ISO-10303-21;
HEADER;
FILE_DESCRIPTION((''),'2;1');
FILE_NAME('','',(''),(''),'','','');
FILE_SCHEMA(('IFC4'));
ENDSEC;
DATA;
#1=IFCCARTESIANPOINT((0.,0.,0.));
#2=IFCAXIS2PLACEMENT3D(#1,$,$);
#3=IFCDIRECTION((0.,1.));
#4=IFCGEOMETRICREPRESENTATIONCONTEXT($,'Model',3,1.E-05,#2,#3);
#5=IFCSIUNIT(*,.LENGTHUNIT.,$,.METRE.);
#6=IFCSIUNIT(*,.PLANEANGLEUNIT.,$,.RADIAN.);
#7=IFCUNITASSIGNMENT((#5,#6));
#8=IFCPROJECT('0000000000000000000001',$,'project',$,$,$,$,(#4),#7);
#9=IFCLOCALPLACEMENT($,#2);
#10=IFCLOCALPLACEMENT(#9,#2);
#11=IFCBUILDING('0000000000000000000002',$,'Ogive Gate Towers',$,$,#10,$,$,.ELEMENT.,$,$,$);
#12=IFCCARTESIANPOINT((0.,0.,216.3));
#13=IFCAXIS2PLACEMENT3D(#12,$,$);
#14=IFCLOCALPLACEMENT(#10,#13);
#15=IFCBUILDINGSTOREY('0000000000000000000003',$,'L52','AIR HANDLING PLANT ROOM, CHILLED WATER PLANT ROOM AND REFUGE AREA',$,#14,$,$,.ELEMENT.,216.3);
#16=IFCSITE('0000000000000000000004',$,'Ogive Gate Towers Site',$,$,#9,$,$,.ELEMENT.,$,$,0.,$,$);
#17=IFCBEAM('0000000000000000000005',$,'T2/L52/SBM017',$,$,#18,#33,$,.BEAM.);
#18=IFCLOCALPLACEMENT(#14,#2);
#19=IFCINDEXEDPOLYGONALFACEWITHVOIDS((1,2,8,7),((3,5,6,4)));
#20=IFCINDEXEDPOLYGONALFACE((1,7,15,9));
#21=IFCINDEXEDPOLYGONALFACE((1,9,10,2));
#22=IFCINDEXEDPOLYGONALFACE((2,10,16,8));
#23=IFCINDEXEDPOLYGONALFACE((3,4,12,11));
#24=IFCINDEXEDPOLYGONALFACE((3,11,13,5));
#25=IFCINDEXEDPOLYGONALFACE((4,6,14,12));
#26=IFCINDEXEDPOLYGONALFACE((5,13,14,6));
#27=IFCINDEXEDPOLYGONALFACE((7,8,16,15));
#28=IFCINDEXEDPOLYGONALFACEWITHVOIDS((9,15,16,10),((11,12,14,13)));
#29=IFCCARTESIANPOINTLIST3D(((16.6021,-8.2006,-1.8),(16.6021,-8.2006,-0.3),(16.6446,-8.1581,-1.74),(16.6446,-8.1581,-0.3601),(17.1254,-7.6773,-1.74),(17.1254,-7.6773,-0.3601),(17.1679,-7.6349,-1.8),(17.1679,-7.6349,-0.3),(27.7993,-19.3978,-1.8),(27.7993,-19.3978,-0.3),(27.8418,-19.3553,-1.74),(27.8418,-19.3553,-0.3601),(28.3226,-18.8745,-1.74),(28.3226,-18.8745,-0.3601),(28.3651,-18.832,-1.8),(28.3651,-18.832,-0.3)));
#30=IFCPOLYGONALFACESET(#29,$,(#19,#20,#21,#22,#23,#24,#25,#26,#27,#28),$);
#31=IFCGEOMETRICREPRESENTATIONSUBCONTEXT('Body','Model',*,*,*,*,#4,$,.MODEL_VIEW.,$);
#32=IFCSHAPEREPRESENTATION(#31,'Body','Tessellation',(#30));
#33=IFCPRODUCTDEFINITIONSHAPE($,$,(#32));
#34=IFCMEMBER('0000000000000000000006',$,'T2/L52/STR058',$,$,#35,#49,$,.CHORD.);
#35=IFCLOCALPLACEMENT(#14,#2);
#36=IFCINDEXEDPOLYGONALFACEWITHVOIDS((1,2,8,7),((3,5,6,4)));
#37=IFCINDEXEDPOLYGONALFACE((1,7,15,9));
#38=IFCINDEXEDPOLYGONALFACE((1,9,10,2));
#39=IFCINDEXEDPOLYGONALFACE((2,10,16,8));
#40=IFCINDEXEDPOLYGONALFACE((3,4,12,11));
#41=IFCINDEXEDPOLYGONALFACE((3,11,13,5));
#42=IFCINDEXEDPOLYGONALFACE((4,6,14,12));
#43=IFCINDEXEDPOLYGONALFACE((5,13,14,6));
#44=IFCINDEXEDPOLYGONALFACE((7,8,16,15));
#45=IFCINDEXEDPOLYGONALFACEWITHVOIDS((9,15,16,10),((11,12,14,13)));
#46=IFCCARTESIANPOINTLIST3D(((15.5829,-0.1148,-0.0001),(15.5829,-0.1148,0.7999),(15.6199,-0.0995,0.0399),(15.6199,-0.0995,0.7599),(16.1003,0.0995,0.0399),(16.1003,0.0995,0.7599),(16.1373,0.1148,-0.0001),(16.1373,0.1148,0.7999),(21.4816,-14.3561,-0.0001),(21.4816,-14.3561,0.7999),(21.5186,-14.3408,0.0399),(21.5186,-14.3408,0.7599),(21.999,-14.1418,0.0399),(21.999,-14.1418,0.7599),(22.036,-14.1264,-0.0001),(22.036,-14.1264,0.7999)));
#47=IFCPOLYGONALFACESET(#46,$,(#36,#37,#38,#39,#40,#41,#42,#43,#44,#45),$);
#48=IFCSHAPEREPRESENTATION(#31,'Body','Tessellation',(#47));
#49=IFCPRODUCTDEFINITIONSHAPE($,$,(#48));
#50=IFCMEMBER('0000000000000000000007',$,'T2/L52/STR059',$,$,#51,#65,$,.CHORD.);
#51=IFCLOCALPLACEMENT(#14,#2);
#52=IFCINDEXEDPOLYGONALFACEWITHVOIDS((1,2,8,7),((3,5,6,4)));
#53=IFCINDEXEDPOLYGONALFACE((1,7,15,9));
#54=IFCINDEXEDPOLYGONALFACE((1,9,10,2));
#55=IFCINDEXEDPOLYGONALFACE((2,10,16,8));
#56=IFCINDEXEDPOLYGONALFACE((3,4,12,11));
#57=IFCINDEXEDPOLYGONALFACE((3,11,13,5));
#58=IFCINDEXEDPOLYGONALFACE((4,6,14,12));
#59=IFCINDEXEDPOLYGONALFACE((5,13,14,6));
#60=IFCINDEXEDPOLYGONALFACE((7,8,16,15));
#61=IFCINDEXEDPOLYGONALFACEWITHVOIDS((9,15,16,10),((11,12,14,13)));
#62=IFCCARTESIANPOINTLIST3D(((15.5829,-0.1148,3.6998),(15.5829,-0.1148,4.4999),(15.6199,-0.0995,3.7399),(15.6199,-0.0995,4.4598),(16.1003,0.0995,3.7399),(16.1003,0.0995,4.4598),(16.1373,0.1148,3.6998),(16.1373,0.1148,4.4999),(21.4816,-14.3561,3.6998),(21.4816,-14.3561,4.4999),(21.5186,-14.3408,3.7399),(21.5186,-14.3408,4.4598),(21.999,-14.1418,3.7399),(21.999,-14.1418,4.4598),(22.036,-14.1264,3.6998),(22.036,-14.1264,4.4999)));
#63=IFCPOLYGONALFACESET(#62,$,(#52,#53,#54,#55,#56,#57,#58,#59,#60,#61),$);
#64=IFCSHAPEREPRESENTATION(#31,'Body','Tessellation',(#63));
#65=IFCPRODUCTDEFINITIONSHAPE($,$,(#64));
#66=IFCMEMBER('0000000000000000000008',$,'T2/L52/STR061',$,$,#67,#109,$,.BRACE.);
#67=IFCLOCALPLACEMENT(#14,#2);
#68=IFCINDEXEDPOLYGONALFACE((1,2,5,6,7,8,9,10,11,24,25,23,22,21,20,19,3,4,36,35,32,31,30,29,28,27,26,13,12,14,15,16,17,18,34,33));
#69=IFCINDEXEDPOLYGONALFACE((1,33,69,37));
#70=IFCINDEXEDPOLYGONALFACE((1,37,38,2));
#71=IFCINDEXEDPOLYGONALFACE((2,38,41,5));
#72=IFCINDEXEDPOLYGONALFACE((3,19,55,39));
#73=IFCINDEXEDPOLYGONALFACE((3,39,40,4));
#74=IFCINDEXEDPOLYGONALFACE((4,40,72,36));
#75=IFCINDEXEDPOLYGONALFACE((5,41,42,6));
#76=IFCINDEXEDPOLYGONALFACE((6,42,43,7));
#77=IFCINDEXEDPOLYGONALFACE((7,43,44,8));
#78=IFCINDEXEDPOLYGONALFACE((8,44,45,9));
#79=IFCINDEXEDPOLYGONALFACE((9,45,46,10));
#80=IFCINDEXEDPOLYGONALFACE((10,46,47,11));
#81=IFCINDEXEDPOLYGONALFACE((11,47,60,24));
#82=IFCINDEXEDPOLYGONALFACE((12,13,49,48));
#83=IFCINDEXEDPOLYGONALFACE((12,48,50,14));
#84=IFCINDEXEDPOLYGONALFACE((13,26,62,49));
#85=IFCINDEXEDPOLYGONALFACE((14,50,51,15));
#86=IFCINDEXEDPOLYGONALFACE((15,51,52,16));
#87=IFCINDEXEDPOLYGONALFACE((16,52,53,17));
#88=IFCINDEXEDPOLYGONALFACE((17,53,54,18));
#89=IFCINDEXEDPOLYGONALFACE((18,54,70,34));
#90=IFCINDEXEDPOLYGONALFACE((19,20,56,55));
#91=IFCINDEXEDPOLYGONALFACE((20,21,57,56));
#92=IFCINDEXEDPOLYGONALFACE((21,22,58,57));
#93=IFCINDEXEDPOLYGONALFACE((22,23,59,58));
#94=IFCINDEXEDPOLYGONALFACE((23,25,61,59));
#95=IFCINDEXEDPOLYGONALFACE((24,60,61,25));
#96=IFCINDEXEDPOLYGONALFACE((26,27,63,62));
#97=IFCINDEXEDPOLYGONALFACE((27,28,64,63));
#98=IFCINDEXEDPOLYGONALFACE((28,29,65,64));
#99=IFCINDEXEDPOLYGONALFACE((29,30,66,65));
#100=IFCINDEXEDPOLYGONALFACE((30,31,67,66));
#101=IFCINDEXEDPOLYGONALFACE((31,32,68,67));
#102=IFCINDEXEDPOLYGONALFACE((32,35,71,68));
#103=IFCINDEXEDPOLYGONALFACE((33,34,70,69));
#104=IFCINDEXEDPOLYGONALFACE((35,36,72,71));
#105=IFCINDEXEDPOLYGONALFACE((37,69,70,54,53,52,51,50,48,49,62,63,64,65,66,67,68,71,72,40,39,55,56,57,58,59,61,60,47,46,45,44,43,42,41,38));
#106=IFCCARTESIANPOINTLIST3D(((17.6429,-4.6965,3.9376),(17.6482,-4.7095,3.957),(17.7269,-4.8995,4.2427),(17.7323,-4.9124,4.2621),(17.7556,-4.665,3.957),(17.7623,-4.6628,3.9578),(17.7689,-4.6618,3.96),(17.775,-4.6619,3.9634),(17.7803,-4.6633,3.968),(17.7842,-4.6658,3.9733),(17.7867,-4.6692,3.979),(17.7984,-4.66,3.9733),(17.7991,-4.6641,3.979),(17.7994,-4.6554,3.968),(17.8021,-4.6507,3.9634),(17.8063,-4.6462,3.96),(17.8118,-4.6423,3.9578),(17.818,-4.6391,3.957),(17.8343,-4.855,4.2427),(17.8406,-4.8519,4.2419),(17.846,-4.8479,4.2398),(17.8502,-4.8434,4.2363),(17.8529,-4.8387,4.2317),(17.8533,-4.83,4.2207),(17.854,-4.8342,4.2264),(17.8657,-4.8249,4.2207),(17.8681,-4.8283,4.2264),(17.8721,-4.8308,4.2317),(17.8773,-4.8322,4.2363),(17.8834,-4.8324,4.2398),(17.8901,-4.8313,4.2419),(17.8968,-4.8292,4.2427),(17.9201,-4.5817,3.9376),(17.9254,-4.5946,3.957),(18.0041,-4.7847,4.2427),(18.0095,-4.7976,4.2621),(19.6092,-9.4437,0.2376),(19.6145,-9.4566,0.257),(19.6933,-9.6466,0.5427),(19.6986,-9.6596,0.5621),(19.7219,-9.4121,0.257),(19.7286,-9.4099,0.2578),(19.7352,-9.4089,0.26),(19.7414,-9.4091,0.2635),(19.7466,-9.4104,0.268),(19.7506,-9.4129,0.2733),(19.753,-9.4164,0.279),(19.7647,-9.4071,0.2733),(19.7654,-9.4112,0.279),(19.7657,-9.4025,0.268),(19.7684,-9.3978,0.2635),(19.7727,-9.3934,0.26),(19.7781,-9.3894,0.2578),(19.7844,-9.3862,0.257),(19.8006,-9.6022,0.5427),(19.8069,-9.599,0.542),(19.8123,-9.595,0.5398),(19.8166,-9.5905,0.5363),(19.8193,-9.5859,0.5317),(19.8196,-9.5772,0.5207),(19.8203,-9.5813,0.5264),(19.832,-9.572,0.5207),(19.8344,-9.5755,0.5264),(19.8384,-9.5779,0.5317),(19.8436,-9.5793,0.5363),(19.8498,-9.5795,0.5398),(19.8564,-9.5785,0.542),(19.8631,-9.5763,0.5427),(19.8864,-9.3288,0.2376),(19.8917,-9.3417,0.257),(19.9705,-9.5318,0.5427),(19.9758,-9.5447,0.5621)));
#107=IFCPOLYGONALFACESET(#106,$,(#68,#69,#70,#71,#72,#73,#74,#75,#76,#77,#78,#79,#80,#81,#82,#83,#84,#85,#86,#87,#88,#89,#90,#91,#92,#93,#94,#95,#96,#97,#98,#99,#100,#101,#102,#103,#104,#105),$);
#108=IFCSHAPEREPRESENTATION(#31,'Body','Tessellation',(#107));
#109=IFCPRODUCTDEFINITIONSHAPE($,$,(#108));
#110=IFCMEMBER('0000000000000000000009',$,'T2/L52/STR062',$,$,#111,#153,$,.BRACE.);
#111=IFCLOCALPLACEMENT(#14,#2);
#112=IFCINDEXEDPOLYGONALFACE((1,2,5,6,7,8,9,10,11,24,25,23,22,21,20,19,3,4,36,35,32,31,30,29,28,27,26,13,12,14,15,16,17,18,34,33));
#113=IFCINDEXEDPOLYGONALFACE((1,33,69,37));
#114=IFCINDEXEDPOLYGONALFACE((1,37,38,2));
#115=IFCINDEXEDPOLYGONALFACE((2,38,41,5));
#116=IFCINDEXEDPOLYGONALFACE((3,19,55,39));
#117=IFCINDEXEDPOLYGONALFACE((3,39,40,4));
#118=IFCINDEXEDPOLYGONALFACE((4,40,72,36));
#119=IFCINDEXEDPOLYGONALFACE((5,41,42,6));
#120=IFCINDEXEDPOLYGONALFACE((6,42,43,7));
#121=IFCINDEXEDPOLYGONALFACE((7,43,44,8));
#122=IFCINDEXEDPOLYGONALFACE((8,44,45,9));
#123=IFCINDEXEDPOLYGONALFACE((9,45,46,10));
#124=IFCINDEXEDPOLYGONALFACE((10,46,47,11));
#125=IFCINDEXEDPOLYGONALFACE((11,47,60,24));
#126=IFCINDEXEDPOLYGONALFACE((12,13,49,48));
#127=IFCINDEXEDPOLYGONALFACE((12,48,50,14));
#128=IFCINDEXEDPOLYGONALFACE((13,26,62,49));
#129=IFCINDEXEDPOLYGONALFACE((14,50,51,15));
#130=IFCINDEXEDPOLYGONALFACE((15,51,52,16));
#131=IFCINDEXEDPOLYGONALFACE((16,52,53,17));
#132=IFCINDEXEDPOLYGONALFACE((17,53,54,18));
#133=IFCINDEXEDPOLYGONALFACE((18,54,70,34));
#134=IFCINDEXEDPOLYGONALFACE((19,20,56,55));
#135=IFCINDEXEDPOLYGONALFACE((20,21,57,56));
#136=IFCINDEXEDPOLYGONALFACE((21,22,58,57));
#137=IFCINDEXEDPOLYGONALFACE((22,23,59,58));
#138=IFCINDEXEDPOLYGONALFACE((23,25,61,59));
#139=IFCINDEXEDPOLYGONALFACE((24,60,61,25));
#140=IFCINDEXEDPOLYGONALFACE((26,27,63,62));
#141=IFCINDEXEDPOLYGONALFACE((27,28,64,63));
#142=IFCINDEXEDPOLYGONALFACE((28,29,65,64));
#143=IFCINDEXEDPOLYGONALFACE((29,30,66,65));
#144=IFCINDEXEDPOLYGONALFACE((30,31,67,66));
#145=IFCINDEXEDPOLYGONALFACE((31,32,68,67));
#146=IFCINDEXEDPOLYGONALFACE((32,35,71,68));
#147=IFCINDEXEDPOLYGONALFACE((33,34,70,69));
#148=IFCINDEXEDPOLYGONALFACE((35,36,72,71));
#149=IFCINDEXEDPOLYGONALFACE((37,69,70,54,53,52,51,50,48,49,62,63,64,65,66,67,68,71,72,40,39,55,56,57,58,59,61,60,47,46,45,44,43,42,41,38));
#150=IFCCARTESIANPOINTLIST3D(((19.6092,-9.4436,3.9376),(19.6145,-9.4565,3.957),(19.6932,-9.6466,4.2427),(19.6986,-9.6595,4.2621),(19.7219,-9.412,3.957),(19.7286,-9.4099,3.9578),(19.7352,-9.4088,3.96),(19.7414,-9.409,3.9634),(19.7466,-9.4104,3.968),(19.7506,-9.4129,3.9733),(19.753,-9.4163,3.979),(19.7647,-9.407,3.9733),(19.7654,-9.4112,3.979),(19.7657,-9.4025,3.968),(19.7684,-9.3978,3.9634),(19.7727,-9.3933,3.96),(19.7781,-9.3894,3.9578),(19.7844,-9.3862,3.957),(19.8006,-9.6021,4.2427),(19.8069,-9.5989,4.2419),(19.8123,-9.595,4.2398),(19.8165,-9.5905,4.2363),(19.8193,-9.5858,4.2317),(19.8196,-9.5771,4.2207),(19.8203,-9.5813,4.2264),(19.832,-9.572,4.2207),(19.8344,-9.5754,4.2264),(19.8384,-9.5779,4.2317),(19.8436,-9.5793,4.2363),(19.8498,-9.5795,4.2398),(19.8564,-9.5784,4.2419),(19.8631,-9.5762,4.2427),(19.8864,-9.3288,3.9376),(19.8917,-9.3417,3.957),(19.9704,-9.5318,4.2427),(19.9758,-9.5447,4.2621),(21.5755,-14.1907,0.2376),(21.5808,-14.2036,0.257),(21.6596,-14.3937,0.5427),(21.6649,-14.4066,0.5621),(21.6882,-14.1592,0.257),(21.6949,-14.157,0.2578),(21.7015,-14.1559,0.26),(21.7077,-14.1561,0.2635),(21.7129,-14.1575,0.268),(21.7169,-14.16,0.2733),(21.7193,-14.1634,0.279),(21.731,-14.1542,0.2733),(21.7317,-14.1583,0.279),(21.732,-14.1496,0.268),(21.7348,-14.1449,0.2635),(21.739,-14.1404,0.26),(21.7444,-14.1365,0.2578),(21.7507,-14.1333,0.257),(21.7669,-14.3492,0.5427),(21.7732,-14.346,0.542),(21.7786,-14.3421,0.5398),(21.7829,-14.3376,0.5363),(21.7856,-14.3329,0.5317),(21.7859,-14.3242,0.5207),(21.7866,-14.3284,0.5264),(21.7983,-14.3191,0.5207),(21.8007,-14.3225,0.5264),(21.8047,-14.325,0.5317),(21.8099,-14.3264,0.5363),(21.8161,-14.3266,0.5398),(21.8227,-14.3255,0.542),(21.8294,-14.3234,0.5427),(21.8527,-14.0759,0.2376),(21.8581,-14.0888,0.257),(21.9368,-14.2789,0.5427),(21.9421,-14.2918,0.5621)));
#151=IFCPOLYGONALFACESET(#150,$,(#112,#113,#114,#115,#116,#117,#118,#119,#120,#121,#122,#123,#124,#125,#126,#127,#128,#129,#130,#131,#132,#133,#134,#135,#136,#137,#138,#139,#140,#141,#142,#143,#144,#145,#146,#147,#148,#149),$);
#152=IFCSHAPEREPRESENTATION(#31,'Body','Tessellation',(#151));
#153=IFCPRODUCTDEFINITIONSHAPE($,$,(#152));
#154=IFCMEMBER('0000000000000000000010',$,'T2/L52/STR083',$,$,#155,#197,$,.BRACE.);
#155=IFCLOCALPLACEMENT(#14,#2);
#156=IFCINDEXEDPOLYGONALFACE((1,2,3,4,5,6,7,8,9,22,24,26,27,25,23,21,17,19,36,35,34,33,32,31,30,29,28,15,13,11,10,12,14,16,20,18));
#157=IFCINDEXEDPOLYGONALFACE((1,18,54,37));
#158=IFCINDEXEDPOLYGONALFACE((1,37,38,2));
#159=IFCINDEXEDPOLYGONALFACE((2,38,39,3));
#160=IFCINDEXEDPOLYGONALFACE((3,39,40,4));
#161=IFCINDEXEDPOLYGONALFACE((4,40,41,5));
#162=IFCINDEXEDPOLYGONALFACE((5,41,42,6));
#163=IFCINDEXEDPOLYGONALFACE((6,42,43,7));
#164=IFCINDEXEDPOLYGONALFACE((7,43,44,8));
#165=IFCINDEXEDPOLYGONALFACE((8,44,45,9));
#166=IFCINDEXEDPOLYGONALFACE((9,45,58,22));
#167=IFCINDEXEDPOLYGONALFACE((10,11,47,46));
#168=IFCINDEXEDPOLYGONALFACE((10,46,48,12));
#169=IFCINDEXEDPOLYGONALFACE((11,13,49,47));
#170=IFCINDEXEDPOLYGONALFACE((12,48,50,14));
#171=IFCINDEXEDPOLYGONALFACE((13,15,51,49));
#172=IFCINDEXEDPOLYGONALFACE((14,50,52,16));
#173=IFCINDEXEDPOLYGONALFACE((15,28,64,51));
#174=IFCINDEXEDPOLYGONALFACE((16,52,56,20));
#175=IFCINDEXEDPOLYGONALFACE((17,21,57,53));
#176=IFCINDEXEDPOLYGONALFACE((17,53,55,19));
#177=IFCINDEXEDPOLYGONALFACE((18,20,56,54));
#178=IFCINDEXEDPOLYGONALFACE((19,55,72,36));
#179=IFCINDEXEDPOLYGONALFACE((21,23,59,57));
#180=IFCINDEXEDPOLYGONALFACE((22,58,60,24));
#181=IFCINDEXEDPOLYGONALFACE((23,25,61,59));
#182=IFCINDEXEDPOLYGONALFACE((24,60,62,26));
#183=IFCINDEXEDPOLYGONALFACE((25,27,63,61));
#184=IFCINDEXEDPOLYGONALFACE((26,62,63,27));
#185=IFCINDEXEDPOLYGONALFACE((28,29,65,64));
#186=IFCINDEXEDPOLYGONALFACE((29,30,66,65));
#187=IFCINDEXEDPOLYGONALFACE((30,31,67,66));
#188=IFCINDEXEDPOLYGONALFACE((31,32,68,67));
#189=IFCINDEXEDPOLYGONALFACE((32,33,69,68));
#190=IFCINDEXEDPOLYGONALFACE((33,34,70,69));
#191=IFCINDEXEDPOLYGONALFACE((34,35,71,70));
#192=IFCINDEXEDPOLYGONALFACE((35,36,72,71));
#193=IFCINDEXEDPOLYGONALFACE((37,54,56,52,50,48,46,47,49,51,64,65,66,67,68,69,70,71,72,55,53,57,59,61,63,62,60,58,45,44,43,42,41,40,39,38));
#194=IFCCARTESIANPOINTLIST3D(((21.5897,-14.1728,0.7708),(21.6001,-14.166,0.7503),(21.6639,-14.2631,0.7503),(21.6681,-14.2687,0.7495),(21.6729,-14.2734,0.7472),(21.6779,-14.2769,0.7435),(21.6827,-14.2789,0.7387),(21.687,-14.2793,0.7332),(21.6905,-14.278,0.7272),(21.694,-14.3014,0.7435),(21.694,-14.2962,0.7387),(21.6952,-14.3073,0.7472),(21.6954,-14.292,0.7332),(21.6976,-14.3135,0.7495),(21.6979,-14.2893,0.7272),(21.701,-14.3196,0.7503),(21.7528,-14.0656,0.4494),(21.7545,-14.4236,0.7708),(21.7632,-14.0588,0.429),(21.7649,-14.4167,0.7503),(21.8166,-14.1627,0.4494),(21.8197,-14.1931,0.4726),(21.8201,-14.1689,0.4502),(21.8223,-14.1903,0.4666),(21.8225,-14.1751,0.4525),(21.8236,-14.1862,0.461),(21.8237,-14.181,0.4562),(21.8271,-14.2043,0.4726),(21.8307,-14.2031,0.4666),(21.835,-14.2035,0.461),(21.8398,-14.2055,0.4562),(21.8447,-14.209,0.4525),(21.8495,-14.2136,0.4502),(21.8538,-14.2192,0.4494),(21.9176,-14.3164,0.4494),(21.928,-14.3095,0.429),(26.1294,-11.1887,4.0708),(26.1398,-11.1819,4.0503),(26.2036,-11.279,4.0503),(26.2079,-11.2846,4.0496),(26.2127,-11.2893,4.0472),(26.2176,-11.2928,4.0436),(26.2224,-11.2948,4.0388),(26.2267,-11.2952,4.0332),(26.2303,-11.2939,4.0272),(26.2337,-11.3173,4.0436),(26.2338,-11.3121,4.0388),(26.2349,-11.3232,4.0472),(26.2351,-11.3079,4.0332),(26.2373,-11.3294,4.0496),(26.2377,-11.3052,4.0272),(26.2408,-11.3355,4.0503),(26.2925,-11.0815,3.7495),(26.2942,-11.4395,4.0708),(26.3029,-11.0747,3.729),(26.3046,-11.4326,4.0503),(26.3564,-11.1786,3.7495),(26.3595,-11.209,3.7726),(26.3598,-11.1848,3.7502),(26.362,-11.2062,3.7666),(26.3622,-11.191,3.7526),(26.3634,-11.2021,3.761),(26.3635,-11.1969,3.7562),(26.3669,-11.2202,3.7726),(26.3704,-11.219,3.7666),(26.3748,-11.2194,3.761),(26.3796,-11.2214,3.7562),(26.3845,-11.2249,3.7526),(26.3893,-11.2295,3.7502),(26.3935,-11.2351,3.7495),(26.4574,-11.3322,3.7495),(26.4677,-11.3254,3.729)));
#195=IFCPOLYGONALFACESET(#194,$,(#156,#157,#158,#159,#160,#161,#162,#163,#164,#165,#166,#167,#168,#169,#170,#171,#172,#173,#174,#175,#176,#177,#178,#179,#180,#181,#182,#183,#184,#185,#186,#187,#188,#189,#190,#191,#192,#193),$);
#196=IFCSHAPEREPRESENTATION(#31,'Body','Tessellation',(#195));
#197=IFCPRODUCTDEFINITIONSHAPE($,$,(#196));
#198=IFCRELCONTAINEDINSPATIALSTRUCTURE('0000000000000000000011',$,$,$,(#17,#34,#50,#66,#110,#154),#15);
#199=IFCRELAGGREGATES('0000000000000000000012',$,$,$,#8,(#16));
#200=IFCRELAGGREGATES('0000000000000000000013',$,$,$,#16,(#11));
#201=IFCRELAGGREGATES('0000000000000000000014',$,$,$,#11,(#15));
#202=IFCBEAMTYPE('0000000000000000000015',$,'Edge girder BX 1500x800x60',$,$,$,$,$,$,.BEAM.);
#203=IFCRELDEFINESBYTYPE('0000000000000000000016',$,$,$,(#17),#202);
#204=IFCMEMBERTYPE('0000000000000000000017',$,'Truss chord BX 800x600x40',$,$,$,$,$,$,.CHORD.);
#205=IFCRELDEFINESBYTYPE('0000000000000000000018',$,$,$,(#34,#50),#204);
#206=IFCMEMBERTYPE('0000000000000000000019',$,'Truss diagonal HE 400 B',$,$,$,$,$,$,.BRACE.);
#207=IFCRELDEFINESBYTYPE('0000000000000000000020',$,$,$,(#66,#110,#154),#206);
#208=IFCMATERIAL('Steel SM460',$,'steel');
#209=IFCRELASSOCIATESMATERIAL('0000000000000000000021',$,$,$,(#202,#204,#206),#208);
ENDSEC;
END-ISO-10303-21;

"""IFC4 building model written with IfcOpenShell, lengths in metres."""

from ifc_helpers import new_model, si_unit, direction, frame, origin, origin_2d, place, context, subcontext, project, spatial, hollow_rectangle, i_section, extrude, material, material_profile, profile_set, type_object, element, save


model = new_model("IFC4")

# Units and contexts
model_context = context("Model", 3, precision=1e-05, world=origin(), true_north=direction((0.0, 1.0)))
body_context = subcontext(model_context, "Body", "Model", "MODEL_VIEW")
ifc_project = project(units=[si_unit("LENGTHUNIT", "METRE"), si_unit("PLANEANGLEUNIT", "RADIAN")], contexts=[model_context])

# Site, building, storey
site_placement = place(None, origin())
site = spatial("IfcSite", under=ifc_project, at=site_placement, Name="Ogive Gate Towers Site", CompositionType="ELEMENT", RefElevation=0.0)
building_placement = place(site_placement, origin())
building = spatial("IfcBuilding", under=site, at=building_placement, Name="Ogive Gate Towers", CompositionType="ELEMENT")
storey_placement = place(building_placement, frame((0.0, 0.0, 216.3)))
storey = spatial("IfcBuildingStorey", under=building, at=storey_placement, Name="L52", Description="AIR HANDLING PLANT ROOM, CHILLED WATER PLANT ROOM AND REFUGE AREA", CompositionType="ELEMENT", Elevation=216.3)

# Beam
ifc_material_1 = material(Name="Steel SM460", Category="steel")
ifc_material_profile_1 = material_profile(ifc_material_1, hollow_rectangle(XDim=0.8, YDim=1.5, WallThickness=0.0601, at=origin_2d()), Name="BX 1500x800x60")
ifc_profile_set_1 = profile_set([ifc_material_profile_1], Name="Steel SM460")
beam_type = type_object("IfcBeamType", Name="Edge girder BX 1500x800x60", PredefinedType="BEAM", material=ifc_profile_set_1)
beam_placement = place(storey_placement, frame((16.885, -7.9177, -1.05), z_axis=(0.707107, -0.707107, 0.0), x_axis=(0.707107, 0.707107, 0.0)))
element("IfcBeam", 1, at=beam_placement, inside=storey, type_object=beam_type, Name="T2/L52/SBM017", PredefinedType="BEAM", context=body_context, shape_type="SweptSolid", body=[
    extrude(hollow_rectangle(XDim=0.8, YDim=1.5, WallThickness=0.0601, at=origin_2d()), origin(), (0.0, 0.0, 1.0), 15.8352),
])

# Members
ifc_material_profile_2 = material_profile(ifc_material_1, hollow_rectangle(XDim=0.6001, YDim=0.8, WallThickness=0.04, at=origin_2d()), Name="BX 800x600x40")
ifc_profile_set_2 = profile_set([ifc_material_profile_2], Name="Steel SM460")
member_type_1 = type_object("IfcMemberType", Name="Truss chord BX 800x600x40", PredefinedType="CHORD", material=ifc_profile_set_2)
for number, where, z_axis, x_axis, name in (
    (2, (15.8601, 0.0, 0.3999), (0.382671, -0.923885, 0.0), (0.923885, 0.382671, 0.0), "T2/L52/STR058"),
    (3, (15.8601, 0.0, 4.0999), (0.382671, -0.923885, 0.0), (0.923885, 0.382671, 0.0), "T2/L52/STR059"),
):
    element("IfcMember", number, at=place(storey_placement, frame(where, z_axis=z_axis, x_axis=x_axis)), inside=storey, type_object=member_type_1, Name=name, PredefinedType="CHORD", context=body_context, shape_type="SweptSolid", body=[
        extrude(hollow_rectangle(XDim=0.6001, YDim=0.8, WallThickness=0.04, at=origin_2d()), origin(), (0.0, 0.0, 1.0), 15.4146),
    ])
ifc_material_profile_3 = material_profile(ifc_material_1, i_section(OverallWidth=0.3, OverallDepth=0.3999, WebThickness=0.0134, FlangeThickness=0.0239, FilletRadius=0.0271, at=origin_2d()), Name="HE 400 B")
ifc_profile_set_3 = profile_set([ifc_material_profile_3], Name="Steel SM460")
member_type_2 = type_object("IfcMemberType", Name="Truss diagonal HE 400 B", PredefinedType="BRACE", material=ifc_profile_set_3)
for number, where, z_axis, x_axis, name in (
    (4, (17.8262, -4.7471, 4.0999), (0.310549, -0.749728, -0.584352), (0.923879, 0.382685, 0.0), "T2/L52/STR061"),
    (5, (19.7925, -9.4941, 4.0999), (0.310549, -0.749728, -0.584352), (0.923879, 0.382685, 0.0), "T2/L52/STR062"),
):
    element("IfcMember", number, at=place(storey_placement, frame(where, z_axis=z_axis, x_axis=x_axis)), inside=storey, type_object=member_type_2, Name=name, PredefinedType="BRACE", context=body_context, shape_type="SweptSolid", body=[
        extrude(i_section(OverallWidth=0.3, OverallDepth=0.3999, WebThickness=0.0134, FlangeThickness=0.0239, FilletRadius=0.0271, at=origin_2d()), origin(), (0.0, 0.0, 1.0), 6.3318),
    ])
member_placement = place(storey_placement, frame((26.2986, -11.2571, 3.8999), z_axis=(-0.714197, -0.469461, -0.519161), x_axis=(0.549285, -0.835635, 0.0)))
element("IfcMember", 6, at=member_placement, inside=storey, type_object=member_type_2, Name="T2/L52/STR083", PredefinedType="BRACE", context=body_context, shape_type="SweptSolid", body=[
    extrude(i_section(OverallWidth=0.3, OverallDepth=0.3999, WebThickness=0.0134, FlangeThickness=0.0239, FilletRadius=0.0271, at=origin_2d()), origin(), (0.0, 0.0, 1.0), 6.3564),
])

save(model, "model.ifc")
